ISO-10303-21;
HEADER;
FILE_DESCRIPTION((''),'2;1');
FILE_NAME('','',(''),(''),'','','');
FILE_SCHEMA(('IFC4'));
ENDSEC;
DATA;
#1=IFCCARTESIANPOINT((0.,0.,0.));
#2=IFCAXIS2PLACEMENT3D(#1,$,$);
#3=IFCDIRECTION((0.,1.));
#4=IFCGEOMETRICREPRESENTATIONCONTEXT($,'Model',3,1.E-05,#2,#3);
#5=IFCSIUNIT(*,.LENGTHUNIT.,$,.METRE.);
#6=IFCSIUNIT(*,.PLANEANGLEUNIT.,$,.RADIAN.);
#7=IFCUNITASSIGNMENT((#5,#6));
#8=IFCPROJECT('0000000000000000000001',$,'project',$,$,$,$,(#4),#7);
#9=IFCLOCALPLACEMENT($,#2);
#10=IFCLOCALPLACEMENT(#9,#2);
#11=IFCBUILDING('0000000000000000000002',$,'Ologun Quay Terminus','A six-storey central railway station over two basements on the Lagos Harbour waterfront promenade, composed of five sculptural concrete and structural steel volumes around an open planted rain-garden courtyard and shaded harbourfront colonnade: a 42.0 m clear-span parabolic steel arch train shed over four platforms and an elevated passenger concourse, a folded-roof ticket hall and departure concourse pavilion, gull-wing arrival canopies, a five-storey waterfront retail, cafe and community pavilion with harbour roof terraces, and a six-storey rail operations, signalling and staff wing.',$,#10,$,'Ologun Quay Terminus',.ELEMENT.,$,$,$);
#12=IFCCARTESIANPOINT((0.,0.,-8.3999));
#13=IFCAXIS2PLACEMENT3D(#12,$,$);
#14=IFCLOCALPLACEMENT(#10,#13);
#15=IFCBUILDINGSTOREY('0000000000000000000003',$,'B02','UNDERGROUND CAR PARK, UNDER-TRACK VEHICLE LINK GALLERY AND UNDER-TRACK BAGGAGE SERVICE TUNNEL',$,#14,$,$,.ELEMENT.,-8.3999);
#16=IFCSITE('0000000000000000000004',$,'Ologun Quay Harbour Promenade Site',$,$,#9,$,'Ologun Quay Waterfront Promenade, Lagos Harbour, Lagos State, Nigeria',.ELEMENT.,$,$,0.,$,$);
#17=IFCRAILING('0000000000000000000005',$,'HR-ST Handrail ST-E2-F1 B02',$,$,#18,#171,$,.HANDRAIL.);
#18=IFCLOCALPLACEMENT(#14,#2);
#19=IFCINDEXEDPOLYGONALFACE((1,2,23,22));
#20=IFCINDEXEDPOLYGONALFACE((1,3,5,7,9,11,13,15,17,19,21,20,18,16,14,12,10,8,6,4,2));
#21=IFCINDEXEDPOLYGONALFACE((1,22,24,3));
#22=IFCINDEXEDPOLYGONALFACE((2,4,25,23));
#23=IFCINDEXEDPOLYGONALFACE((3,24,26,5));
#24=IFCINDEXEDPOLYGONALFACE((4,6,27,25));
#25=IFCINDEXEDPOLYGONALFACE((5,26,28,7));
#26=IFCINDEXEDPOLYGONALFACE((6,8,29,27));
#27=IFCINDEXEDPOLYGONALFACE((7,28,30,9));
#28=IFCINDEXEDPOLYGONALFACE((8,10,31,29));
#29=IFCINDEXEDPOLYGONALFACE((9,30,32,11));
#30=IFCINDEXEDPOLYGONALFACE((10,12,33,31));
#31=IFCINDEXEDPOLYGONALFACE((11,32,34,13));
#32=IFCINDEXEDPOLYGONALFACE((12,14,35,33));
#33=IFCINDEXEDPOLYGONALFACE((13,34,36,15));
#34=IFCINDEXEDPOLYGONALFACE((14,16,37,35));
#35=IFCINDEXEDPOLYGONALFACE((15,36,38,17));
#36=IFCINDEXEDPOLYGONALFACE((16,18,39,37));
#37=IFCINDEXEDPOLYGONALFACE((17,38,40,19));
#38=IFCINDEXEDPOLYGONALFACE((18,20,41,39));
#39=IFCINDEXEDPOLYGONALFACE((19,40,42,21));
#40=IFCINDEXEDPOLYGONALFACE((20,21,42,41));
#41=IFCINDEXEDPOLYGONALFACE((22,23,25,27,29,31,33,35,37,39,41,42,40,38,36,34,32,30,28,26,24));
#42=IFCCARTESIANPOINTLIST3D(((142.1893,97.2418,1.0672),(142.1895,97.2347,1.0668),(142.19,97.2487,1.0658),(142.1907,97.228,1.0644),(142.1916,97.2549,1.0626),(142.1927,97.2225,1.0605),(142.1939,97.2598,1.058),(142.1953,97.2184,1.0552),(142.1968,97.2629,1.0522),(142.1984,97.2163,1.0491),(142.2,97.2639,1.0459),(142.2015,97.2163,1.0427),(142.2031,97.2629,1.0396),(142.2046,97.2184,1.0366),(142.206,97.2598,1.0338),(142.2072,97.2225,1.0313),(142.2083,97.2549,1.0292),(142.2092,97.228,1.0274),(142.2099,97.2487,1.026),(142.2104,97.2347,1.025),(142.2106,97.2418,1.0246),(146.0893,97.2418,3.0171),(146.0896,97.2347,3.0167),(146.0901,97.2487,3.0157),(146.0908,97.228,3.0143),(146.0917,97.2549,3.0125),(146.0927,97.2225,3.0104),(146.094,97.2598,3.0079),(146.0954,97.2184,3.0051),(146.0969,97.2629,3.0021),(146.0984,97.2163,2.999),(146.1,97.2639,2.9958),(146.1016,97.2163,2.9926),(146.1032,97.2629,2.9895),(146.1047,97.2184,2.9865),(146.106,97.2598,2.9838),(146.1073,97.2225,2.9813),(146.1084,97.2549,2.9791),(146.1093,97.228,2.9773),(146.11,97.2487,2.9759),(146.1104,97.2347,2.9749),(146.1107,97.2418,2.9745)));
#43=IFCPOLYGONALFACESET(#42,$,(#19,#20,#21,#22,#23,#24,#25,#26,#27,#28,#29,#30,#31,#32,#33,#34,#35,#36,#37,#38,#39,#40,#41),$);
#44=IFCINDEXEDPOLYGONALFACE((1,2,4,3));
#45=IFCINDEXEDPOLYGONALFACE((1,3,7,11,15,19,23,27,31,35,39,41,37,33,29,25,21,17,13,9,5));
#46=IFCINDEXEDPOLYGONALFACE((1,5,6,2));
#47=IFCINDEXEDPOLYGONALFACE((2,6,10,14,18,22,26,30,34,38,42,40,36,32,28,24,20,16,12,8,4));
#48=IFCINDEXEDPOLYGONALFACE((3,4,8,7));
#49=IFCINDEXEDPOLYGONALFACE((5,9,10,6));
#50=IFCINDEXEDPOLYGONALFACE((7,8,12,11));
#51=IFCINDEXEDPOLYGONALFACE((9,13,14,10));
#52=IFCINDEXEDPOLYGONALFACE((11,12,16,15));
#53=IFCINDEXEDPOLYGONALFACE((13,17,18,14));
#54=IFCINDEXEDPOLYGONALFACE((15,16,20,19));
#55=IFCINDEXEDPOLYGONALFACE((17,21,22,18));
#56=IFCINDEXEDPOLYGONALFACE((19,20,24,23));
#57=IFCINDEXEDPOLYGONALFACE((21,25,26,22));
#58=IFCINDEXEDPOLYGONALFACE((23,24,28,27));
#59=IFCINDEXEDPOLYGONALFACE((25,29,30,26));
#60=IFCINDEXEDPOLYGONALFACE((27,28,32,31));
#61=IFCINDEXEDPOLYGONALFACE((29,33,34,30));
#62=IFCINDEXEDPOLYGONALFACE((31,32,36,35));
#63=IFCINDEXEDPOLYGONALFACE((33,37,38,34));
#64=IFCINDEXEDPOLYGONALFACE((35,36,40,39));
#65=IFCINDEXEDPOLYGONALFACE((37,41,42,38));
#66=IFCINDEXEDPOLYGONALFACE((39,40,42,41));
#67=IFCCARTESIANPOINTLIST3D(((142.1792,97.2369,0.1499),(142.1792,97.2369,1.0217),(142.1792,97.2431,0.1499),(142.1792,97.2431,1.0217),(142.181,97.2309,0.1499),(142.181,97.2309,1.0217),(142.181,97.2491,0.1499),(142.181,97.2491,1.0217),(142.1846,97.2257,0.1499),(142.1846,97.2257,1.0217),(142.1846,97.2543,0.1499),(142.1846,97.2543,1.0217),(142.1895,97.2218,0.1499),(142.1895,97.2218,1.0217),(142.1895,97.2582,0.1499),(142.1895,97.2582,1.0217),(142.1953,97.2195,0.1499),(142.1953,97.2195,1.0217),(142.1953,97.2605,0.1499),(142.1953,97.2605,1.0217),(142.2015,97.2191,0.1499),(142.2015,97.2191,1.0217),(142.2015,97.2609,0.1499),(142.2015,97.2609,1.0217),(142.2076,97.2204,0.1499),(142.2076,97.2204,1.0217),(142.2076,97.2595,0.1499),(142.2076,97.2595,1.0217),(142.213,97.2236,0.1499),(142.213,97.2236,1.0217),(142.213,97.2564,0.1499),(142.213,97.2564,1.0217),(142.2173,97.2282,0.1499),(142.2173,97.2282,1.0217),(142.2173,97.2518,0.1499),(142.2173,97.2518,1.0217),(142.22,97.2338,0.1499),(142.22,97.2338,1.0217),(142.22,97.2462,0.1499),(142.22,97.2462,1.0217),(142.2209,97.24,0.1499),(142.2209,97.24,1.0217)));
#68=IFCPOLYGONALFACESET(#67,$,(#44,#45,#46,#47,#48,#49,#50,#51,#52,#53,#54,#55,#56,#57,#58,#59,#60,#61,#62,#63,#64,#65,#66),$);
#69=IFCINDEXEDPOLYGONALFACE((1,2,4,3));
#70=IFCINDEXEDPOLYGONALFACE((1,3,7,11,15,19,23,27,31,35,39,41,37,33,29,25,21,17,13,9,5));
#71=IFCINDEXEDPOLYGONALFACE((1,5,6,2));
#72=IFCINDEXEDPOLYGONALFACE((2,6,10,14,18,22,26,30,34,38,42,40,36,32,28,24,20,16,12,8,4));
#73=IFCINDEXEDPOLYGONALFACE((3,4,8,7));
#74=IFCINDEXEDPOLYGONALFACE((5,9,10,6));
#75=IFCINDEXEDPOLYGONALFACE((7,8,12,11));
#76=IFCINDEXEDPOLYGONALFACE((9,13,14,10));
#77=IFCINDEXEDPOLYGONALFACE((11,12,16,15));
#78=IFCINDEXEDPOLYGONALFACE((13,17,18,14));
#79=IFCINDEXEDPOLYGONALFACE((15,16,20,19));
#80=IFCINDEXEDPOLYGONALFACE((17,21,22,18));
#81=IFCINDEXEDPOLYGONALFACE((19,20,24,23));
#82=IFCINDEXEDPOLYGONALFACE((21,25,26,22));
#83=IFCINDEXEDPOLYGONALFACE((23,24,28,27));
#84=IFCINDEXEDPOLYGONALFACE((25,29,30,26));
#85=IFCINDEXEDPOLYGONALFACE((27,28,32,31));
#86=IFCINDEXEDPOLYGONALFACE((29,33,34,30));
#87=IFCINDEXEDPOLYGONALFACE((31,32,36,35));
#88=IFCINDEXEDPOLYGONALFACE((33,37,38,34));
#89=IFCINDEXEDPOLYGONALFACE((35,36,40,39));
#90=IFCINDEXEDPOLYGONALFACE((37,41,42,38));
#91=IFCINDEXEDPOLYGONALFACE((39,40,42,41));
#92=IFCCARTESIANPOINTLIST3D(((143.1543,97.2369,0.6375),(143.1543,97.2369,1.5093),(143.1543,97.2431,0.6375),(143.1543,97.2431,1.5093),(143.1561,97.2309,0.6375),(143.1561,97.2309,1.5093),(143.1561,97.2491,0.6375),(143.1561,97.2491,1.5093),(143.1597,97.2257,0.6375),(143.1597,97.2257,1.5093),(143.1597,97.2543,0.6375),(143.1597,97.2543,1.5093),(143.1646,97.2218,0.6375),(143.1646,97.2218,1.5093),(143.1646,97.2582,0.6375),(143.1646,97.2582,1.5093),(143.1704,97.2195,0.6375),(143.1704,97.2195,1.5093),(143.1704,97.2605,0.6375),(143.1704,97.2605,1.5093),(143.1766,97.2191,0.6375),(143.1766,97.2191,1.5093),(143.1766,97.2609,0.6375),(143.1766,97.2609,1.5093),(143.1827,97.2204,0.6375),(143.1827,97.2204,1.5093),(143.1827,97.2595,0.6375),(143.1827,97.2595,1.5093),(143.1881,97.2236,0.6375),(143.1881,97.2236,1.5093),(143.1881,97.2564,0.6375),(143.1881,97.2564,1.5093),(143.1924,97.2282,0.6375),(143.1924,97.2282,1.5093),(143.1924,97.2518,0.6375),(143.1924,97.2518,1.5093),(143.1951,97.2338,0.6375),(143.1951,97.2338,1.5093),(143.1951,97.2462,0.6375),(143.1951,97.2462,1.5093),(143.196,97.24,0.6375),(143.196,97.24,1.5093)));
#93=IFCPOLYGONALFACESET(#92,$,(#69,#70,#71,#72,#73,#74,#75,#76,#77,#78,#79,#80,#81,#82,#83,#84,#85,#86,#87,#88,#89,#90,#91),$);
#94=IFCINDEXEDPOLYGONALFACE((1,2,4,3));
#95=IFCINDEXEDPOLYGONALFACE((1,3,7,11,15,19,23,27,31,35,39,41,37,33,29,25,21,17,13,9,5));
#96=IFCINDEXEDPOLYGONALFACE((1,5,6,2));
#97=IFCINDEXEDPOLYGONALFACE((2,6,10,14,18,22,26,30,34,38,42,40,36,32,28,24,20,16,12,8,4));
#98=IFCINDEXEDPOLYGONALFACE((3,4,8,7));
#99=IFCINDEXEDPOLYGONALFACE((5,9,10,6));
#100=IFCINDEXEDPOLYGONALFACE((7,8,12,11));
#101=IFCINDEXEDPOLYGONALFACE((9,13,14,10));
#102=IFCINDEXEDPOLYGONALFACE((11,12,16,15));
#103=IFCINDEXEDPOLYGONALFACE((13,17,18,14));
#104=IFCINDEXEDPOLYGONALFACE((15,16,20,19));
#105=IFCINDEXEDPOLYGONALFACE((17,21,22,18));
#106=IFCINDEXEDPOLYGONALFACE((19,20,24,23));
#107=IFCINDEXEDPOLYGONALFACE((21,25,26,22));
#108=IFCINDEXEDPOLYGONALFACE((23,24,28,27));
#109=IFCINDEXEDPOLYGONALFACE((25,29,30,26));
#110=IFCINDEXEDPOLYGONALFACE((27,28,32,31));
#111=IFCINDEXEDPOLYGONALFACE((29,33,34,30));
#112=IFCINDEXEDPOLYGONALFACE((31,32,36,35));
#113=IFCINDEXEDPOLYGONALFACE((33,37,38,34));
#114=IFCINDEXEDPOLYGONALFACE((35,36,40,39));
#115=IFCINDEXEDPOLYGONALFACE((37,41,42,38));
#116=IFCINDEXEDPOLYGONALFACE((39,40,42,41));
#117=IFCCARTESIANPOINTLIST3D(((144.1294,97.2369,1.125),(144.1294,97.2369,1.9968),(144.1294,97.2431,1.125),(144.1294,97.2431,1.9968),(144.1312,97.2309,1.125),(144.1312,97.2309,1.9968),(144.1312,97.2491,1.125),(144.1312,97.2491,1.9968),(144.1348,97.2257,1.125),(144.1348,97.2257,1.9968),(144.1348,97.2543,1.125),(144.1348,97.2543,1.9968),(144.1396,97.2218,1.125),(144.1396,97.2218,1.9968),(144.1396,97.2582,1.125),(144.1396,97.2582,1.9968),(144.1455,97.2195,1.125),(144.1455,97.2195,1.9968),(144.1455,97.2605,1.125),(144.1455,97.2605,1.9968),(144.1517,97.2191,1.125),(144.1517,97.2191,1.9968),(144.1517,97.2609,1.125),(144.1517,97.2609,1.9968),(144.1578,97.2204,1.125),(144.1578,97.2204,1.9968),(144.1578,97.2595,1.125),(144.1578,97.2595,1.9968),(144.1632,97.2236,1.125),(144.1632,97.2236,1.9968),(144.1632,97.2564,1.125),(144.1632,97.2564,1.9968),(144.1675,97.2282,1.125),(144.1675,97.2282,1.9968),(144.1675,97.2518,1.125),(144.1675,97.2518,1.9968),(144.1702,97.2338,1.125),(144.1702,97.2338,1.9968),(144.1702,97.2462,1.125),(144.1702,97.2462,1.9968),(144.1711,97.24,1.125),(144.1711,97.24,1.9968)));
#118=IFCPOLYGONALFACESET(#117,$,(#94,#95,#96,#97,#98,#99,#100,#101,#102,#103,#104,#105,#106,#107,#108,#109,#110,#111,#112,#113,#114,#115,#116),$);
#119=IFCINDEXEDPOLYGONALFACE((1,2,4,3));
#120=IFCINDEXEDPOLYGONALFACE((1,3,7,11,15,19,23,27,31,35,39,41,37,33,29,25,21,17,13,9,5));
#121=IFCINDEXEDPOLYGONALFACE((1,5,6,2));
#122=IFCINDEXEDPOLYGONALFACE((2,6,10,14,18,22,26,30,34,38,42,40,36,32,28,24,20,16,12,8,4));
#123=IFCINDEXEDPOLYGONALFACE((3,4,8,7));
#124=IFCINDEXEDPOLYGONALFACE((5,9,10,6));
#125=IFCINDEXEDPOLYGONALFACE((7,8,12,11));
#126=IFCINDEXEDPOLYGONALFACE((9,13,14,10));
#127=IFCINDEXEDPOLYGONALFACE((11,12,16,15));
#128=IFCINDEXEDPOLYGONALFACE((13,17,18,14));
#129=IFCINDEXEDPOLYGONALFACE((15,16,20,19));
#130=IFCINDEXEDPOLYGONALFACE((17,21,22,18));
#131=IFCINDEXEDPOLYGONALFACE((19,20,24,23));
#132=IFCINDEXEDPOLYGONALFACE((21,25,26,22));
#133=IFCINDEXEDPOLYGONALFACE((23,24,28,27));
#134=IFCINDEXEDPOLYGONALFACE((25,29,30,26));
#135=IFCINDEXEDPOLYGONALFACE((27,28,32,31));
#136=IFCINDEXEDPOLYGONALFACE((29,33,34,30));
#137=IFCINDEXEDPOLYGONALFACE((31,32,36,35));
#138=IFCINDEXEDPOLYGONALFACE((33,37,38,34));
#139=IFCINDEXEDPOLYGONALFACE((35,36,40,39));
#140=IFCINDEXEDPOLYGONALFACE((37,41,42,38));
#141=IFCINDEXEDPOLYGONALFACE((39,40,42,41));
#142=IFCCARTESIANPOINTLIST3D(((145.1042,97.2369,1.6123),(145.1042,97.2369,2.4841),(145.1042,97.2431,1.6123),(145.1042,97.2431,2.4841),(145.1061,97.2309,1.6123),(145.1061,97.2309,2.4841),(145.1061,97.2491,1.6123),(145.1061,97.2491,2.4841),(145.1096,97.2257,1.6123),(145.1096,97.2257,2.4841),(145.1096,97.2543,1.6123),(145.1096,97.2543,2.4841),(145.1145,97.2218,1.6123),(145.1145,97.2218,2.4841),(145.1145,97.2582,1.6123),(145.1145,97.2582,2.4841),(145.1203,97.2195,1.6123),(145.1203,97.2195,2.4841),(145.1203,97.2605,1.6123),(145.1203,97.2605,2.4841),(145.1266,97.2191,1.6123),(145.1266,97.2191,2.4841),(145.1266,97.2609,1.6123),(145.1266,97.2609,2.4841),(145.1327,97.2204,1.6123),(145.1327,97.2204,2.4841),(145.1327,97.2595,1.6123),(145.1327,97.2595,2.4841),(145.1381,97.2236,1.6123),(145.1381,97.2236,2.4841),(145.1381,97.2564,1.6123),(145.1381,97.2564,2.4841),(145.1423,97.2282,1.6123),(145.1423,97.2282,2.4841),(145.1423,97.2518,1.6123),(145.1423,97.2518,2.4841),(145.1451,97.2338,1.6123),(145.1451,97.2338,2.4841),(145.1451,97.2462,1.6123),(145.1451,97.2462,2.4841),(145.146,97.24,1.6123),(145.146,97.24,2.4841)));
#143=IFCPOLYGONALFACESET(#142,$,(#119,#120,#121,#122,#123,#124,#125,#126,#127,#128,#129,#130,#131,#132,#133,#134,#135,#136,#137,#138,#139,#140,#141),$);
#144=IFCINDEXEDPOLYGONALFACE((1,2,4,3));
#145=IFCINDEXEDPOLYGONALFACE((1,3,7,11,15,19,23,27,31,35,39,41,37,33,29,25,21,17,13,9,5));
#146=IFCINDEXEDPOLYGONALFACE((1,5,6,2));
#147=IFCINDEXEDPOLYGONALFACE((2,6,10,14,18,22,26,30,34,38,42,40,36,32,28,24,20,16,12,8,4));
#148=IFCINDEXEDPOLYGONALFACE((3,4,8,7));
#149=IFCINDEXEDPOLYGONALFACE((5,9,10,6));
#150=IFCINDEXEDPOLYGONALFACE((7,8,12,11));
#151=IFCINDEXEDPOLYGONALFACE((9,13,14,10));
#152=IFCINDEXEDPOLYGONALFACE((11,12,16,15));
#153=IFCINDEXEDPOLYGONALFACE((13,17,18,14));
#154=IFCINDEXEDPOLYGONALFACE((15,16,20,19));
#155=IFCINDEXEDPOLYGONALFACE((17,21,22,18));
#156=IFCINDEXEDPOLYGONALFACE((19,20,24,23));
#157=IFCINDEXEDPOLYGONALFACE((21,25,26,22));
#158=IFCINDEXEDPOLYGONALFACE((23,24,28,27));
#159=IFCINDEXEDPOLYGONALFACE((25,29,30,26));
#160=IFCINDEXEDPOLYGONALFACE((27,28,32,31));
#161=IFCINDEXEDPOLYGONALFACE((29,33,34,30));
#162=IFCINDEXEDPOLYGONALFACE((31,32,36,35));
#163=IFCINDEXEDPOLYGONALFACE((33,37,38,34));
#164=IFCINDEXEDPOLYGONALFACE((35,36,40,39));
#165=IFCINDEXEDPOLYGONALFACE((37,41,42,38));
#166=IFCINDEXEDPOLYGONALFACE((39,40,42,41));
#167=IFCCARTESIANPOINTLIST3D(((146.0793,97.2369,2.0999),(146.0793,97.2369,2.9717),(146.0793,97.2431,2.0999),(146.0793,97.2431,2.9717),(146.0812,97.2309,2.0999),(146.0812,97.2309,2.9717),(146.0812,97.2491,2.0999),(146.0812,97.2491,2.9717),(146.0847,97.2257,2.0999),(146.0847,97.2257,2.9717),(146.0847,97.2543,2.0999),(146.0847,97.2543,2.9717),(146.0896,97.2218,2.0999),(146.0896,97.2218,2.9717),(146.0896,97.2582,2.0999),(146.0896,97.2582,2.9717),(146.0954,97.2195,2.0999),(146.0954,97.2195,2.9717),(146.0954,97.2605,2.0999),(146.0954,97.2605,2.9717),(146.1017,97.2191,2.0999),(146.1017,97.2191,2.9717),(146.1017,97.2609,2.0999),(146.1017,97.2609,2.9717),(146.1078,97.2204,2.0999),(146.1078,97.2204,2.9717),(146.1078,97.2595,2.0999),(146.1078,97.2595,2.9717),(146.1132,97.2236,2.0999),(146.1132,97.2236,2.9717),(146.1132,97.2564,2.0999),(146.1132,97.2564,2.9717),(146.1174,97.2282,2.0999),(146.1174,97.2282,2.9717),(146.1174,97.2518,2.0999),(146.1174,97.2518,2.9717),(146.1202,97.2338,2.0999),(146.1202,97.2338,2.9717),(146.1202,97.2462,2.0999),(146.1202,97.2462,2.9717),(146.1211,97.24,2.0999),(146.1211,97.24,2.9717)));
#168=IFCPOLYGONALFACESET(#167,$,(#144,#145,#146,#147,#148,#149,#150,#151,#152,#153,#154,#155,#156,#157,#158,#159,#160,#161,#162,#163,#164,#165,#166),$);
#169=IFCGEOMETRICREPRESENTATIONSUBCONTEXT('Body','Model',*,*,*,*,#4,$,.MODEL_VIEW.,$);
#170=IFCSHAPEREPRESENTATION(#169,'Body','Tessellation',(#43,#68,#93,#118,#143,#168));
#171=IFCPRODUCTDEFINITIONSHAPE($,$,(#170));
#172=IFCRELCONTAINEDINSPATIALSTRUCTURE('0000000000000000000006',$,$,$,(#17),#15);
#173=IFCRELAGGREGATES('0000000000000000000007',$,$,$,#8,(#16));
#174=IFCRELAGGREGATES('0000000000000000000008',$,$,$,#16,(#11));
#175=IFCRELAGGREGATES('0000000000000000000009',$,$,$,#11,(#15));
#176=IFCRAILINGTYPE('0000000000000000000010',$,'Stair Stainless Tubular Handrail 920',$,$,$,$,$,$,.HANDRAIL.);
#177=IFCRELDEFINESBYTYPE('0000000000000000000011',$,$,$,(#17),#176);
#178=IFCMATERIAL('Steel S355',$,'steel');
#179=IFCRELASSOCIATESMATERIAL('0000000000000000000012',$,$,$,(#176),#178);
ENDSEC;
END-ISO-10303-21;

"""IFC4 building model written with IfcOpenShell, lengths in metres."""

from ifc_helpers import new_model, si_unit, direction, frame, origin, origin_2d, place, context, subcontext, project, spatial, circle, extrude, material, type_object, element, save


model = new_model("IFC4")

# Units and contexts
model_context = context("Model", 3, precision=1e-05, world=origin(), true_north=direction((0.0, 1.0)))
body_context = subcontext(model_context, "Body", "Model", "MODEL_VIEW")
ifc_project = project(units=[si_unit("LENGTHUNIT", "METRE"), si_unit("PLANEANGLEUNIT", "RADIAN")], contexts=[model_context])

# Site, building, storey
site_placement = place(None, origin())
site = spatial("IfcSite", under=ifc_project, at=site_placement, Name="Ologun Quay Harbour Promenade Site", LongName="Ologun Quay Waterfront Promenade, Lagos Harbour, Lagos State, Nigeria", CompositionType="ELEMENT", RefElevation=0.0)
building_placement = place(site_placement, origin())
building = spatial("IfcBuilding", under=site, at=building_placement, Name="Ologun Quay Terminus", Description="A six-storey central railway station over two basements on the Lagos Harbour waterfront promenade, composed of five sculptural concrete and structural steel volumes around an open planted rain-garden courtyard and shaded harbourfront colonnade: a 42.0 m clear-span parabolic steel arch train shed over four platforms and an elevated passenger concourse, a folded-roof ticket hall and departure concourse pavilion, gull-wing arrival canopies, a five-storey waterfront retail, cafe and community pavilion with harbour roof terraces, and a six-storey rail operations, signalling and staff wing.", LongName="Ologun Quay Terminus", CompositionType="ELEMENT")
storey_placement = place(building_placement, frame((0.0, 0.0, -8.3999)))
storey = spatial("IfcBuildingStorey", under=building, at=storey_placement, Name="B02", Description="UNDERGROUND CAR PARK, UNDER-TRACK VEHICLE LINK GALLERY AND UNDER-TRACK BAGGAGE SERVICE TUNNEL", CompositionType="ELEMENT", Elevation=-8.3999)

# Railing
ifc_material_1 = material(Name="Steel S355", Category="steel")
railing_type_1 = type_object("IfcRailingType", Name="Stair Stainless Tubular Handrail 920", PredefinedType="HANDRAIL", material=ifc_material_1)
railing_1_placement = place(storey_placement, frame((142.2, 97.24, 0.1499)))
element("IfcRailing", 1, at=railing_1_placement, inside=storey, type_object=railing_type_1, Name="HR-ST Handrail ST-E2-F1 B02", PredefinedType="HANDRAIL", context=body_context, shape_type="SweptSolid", body=[
    extrude(circle(Radius=0.0239, at=origin_2d()), frame((0.0, 0.0, 0.896), z_axis=(0.894438, 0.0, 0.447191), x_axis=(0.0, 1.0, 0.0)), (0.0, 0.0, 1.0), 4.3604),
    extrude(circle(Radius=0.021, at=origin_2d()), origin(), (0.0, 0.0, 1.0), 0.8718),
    extrude(circle(Radius=0.021, at=origin_2d()), frame((0.9751, 0.0, 0.4875)), (0.0, 0.0, 1.0), 0.8718),
    extrude(circle(Radius=0.021, at=origin_2d()), frame((1.9502, 0.0, 0.9751)), (0.0, 0.0, 1.0), 0.8718),
    extrude(circle(Radius=0.021, at=origin_2d()), frame((2.925, 0.0, 1.4624)), (0.0, 0.0, 1.0), 0.8718),
    extrude(circle(Radius=0.021, at=origin_2d()), frame((3.9001, 0.0, 1.95)), (0.0, 0.0, 1.0), 0.8718),
])

save(model, "model.ifc")
